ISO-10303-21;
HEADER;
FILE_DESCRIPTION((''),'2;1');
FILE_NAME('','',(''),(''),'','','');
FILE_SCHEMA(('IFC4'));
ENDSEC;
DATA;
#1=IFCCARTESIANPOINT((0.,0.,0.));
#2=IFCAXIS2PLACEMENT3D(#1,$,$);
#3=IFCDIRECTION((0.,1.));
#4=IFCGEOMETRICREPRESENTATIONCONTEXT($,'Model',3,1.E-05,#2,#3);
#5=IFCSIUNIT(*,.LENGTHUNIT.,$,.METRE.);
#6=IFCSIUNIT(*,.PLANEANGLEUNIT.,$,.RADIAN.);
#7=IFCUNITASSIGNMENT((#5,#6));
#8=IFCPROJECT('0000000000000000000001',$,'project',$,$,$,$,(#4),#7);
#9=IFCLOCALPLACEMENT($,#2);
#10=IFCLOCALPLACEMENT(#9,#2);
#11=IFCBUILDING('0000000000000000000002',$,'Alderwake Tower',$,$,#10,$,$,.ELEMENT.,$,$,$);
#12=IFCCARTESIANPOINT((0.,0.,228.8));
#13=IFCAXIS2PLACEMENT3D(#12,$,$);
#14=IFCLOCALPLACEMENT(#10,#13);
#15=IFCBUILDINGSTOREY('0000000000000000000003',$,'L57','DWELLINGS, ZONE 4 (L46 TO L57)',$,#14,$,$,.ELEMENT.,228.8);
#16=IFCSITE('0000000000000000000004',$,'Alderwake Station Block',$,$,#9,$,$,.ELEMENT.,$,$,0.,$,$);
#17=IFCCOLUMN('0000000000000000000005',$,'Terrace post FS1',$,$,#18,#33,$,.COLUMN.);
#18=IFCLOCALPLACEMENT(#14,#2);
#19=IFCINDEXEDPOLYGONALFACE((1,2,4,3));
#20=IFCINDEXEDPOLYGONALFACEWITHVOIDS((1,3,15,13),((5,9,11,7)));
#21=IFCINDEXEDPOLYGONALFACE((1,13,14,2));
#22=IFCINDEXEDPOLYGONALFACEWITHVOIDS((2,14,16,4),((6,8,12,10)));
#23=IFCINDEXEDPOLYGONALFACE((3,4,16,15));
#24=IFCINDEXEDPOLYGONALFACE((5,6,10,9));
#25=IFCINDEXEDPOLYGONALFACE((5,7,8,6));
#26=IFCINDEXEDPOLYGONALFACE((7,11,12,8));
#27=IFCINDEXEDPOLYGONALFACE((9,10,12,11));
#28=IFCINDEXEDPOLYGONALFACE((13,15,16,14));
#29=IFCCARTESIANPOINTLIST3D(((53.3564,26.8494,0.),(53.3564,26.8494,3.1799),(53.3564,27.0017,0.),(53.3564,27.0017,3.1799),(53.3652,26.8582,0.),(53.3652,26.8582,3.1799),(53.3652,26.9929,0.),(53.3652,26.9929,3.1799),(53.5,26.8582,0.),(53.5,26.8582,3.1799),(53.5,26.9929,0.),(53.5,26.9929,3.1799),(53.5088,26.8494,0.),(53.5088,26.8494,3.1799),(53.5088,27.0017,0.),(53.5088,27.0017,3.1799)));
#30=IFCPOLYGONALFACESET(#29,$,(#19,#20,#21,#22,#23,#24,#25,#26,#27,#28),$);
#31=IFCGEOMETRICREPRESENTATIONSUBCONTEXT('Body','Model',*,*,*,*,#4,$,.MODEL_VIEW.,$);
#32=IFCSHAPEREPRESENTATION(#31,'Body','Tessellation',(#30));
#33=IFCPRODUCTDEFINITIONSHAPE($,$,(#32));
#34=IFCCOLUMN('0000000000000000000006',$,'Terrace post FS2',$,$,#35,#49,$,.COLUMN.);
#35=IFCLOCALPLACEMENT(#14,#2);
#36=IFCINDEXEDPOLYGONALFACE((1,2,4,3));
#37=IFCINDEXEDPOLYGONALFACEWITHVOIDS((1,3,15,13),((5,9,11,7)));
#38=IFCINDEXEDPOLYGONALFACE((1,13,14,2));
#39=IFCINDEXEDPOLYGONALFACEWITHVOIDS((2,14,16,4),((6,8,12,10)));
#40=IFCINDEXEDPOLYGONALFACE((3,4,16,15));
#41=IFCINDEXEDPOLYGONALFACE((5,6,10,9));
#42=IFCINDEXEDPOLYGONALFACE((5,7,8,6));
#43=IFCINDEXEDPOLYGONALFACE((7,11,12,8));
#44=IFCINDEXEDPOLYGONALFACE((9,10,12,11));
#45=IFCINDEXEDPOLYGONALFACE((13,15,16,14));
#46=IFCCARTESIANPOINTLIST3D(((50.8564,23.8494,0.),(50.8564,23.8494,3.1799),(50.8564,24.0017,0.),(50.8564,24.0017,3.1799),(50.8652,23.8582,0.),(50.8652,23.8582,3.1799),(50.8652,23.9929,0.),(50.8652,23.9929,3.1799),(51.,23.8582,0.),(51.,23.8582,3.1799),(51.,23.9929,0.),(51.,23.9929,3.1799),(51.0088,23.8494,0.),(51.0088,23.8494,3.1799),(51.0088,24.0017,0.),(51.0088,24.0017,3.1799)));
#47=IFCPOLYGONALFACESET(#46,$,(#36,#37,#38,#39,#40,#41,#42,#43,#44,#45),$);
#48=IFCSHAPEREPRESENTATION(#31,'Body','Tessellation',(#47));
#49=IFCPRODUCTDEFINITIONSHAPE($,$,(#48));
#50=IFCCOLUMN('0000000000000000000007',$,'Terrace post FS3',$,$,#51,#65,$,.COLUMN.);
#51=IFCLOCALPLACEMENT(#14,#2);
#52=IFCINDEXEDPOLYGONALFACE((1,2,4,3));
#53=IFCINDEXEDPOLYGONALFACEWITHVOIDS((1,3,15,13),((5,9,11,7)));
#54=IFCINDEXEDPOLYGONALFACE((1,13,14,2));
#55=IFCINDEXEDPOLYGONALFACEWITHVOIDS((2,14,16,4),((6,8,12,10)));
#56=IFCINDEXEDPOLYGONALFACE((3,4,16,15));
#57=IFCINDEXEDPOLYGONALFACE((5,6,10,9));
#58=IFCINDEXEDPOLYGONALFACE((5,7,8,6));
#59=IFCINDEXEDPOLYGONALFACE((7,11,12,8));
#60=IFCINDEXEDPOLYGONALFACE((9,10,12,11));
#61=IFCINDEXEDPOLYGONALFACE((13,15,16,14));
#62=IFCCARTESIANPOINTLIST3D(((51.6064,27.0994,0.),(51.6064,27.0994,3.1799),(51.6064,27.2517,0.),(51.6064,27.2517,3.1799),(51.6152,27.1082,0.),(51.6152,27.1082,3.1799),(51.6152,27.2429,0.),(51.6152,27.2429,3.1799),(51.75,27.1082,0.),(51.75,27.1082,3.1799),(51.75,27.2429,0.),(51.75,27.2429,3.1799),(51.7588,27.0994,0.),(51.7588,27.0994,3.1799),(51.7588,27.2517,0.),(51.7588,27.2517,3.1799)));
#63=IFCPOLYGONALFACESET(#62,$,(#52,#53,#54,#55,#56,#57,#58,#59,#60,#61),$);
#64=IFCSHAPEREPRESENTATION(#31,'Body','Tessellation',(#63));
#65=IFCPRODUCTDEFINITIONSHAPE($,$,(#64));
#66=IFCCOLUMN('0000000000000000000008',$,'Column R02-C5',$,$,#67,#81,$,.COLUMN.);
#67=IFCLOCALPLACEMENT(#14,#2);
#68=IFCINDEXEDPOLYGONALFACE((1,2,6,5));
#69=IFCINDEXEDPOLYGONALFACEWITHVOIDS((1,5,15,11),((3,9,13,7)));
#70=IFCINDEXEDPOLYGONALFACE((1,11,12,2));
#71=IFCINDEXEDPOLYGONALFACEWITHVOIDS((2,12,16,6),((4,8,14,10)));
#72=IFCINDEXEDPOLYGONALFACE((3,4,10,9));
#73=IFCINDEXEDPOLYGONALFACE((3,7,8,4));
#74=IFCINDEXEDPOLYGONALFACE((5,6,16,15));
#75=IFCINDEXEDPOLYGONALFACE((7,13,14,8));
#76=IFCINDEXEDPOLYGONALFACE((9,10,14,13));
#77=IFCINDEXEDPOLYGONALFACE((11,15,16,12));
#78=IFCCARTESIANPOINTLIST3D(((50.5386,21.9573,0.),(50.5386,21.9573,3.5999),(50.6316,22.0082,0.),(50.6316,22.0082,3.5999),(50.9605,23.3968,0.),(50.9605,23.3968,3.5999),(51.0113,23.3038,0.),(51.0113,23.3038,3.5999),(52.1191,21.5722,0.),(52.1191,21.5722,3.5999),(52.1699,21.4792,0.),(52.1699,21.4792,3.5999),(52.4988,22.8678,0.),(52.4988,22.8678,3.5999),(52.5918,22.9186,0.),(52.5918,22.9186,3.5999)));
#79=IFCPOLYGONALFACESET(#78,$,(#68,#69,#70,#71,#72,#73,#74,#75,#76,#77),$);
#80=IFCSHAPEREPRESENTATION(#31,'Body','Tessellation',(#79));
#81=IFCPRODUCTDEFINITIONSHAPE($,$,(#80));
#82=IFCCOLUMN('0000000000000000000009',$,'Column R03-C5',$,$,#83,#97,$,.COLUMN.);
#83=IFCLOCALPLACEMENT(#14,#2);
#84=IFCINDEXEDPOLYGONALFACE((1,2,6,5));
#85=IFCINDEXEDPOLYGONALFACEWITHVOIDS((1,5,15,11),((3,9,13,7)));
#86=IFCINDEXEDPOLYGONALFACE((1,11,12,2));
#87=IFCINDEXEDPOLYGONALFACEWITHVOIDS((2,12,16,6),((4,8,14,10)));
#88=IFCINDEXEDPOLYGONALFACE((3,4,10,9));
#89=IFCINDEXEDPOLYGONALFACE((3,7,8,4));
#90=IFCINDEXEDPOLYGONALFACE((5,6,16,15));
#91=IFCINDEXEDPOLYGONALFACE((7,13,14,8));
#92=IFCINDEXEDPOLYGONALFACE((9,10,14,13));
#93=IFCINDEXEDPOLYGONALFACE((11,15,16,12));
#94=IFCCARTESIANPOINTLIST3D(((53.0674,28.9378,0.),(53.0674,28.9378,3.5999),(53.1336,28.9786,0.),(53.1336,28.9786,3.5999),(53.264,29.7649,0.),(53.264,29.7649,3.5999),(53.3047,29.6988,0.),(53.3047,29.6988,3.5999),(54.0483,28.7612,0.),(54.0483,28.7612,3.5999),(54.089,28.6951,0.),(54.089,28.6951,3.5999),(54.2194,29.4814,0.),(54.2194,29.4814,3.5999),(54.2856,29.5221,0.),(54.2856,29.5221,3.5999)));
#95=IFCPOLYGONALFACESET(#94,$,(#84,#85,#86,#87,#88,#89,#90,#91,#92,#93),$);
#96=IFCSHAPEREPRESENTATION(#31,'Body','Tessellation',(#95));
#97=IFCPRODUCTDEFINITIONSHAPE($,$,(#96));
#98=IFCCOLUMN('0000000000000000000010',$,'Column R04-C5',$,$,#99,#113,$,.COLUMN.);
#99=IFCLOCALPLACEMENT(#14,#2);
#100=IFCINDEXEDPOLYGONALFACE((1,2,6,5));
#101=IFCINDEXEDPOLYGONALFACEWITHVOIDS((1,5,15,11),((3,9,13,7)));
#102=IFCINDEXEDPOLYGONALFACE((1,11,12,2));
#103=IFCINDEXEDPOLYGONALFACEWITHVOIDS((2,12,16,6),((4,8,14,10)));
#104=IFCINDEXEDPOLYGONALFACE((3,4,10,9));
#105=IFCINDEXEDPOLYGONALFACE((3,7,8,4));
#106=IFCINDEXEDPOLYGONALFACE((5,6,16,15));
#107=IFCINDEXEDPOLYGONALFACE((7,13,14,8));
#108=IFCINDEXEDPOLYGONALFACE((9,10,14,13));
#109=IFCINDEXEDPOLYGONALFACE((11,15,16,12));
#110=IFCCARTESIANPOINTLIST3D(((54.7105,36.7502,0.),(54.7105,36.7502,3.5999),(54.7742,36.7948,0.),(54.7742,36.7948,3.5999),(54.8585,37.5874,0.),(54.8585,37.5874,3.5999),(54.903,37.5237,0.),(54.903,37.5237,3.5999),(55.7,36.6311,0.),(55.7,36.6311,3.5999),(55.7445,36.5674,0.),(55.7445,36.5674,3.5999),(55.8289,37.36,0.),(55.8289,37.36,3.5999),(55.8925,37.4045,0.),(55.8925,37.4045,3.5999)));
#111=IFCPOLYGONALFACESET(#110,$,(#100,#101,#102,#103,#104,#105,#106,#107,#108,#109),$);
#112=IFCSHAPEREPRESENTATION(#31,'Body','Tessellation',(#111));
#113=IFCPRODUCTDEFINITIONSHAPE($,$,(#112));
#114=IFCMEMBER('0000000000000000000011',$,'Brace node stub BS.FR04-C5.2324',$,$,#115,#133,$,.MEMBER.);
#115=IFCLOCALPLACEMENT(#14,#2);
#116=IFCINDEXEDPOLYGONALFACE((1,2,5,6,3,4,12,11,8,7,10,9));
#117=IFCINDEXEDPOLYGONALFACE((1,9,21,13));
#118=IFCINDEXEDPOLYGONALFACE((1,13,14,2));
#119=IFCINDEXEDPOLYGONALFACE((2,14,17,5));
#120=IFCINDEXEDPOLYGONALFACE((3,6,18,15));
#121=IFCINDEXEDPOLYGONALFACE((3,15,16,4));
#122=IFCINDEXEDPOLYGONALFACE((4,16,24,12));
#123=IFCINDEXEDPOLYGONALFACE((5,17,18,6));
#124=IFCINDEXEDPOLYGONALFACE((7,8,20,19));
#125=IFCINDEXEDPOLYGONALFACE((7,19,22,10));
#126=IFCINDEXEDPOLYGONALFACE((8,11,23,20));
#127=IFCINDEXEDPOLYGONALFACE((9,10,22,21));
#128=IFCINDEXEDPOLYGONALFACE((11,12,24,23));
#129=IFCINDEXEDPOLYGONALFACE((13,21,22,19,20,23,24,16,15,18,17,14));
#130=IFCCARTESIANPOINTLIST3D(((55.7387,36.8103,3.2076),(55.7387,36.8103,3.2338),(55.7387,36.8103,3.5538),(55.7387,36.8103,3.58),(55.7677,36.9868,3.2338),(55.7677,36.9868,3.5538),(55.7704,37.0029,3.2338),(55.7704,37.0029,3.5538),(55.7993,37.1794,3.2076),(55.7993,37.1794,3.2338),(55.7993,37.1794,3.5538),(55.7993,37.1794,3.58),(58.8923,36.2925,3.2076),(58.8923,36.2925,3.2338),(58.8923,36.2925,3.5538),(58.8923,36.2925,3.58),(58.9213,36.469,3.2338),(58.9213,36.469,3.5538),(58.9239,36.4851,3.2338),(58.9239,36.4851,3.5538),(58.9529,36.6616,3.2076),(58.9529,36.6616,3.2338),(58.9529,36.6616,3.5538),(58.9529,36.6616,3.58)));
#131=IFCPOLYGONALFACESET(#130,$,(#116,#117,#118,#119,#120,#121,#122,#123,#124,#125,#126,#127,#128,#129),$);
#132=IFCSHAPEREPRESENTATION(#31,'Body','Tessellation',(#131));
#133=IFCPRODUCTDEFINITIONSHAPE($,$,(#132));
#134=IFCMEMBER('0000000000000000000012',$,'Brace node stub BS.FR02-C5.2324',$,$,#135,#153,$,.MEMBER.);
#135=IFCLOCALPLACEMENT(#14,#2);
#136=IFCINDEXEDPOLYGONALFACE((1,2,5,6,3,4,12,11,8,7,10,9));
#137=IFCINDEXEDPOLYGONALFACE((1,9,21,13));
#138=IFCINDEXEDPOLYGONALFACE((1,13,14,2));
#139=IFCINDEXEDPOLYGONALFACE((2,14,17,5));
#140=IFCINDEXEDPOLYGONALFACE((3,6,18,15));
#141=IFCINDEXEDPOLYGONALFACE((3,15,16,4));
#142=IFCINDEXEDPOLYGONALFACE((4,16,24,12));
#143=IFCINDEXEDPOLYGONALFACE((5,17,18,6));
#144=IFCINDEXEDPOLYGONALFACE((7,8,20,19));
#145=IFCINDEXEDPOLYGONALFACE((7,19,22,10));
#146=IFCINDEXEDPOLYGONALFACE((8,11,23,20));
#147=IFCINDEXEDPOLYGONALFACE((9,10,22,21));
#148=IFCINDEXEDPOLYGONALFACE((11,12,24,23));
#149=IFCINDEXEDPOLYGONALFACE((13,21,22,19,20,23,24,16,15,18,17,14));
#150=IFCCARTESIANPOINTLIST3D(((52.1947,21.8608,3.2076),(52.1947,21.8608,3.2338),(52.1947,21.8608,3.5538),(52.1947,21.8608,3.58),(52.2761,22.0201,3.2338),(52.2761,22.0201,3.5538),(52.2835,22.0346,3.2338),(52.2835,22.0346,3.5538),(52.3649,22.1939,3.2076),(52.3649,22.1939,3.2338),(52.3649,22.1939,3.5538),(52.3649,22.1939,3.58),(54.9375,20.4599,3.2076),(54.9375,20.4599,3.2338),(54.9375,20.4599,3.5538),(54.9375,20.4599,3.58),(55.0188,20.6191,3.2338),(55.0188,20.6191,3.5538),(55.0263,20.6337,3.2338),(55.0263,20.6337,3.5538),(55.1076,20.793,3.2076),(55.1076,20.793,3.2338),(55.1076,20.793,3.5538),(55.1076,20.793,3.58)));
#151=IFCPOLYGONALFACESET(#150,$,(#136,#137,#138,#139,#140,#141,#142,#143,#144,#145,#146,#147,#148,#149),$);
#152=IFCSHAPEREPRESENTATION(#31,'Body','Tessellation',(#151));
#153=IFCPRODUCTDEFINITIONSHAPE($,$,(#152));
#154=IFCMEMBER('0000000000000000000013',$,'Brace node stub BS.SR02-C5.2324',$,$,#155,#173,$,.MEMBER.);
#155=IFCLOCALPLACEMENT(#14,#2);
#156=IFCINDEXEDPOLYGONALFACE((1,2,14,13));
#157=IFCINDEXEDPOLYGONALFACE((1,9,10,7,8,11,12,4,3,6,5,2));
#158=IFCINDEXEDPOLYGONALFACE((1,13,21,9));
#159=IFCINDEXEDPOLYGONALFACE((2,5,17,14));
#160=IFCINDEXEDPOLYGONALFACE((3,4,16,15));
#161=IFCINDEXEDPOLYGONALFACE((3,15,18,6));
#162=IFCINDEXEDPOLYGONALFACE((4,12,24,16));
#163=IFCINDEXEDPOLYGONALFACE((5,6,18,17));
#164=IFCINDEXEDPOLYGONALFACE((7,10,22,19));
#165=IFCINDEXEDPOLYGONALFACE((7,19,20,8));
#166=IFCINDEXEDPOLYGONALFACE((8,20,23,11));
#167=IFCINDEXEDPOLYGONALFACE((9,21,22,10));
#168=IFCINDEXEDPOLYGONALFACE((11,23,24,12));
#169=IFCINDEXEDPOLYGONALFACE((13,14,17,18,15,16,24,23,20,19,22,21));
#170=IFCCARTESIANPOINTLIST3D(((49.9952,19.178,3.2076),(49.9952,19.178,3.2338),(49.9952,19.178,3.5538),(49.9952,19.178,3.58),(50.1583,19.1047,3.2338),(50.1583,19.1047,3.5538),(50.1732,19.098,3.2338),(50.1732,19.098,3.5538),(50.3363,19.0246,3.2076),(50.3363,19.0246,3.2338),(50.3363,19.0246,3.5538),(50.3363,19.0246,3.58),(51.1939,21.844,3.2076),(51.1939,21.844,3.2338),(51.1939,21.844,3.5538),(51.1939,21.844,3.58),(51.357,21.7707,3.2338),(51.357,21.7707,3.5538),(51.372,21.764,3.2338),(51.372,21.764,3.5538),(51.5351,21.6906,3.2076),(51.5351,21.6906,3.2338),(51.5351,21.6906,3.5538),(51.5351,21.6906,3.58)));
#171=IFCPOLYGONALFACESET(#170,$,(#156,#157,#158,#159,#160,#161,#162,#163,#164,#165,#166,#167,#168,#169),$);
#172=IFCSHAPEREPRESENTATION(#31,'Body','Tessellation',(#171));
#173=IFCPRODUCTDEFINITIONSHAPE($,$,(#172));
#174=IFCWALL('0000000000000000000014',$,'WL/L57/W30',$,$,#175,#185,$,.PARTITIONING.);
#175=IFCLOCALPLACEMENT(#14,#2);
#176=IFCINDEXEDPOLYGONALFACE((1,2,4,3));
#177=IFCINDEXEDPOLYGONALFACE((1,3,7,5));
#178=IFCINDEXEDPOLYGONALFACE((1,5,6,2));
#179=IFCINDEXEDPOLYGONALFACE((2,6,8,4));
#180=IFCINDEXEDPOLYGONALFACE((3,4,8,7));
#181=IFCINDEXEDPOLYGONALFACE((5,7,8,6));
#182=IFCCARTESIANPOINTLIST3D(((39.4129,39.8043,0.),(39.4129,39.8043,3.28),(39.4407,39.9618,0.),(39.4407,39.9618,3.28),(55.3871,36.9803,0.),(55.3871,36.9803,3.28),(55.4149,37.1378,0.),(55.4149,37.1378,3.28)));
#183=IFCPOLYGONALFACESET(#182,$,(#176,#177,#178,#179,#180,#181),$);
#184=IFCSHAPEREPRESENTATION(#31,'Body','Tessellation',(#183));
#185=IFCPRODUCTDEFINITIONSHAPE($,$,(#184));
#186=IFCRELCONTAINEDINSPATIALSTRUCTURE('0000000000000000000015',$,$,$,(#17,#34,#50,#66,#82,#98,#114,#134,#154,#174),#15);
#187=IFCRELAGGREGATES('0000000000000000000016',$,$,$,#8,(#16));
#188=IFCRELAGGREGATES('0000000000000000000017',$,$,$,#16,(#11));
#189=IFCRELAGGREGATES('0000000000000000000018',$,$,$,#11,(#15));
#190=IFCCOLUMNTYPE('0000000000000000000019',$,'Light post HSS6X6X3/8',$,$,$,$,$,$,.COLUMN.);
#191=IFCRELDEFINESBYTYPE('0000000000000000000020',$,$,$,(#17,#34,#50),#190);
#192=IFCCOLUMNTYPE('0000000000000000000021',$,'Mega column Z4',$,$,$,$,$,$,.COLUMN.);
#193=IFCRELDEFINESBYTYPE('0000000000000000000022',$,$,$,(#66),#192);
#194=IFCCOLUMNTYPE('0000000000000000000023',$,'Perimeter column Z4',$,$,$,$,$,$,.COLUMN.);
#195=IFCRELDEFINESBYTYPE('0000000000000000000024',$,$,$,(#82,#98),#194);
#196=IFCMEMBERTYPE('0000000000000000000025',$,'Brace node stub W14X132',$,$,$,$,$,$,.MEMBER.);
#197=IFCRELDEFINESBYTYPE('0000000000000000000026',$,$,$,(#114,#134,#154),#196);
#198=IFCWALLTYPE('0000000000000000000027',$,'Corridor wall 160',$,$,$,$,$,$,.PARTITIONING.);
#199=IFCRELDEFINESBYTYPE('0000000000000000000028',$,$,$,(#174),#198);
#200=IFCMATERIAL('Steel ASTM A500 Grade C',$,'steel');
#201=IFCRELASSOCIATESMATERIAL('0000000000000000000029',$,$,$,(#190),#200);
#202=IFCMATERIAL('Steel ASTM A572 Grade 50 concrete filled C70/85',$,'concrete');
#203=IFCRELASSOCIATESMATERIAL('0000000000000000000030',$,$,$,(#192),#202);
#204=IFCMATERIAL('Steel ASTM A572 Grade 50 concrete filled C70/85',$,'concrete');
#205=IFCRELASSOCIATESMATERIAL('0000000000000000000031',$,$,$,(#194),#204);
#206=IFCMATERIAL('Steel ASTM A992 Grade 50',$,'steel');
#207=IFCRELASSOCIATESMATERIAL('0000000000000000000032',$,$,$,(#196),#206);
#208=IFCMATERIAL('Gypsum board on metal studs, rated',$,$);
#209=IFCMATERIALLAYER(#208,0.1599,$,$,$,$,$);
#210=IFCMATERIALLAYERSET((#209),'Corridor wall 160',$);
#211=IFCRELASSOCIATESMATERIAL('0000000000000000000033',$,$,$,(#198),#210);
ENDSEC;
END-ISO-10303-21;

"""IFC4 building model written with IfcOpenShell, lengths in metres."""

from ifc_helpers import new_model, si_unit, direction, frame, frame_2d, origin, origin_2d, place, context, subcontext, project, spatial, rectangle, hollow_rectangle, i_section, extrude, material, layer, layer_set, material_profile, profile_set, type_object, element, save


model = new_model("IFC4")

# Units and contexts
model_context = context("Model", 3, precision=1e-05, world=origin(), true_north=direction((0.0, 1.0)))
body_context = subcontext(model_context, "Body", "Model", "MODEL_VIEW")
ifc_project = project(units=[si_unit("LENGTHUNIT", "METRE"), si_unit("PLANEANGLEUNIT", "RADIAN")], contexts=[model_context])

# Site, building, storey
site_placement = place(None, origin())
site = spatial("IfcSite", under=ifc_project, at=site_placement, Name="Alderwake Station Block", CompositionType="ELEMENT", RefElevation=0.0)
building_placement = place(site_placement, origin())
building = spatial("IfcBuilding", under=site, at=building_placement, Name="Alderwake Tower", CompositionType="ELEMENT")
storey_placement = place(building_placement, frame((0.0, 0.0, 228.8)))
storey = spatial("IfcBuildingStorey", under=building, at=storey_placement, Name="L57", Description="DWELLINGS, ZONE 4 (L46 TO L57)", CompositionType="ELEMENT", Elevation=228.8)

# Columns
ifc_material_1 = material(Name="Steel ASTM A500 Grade C", Category="steel")
ifc_material_profile_1 = material_profile(ifc_material_1, hollow_rectangle(XDim=0.1523, YDim=0.1523, WallThickness=0.0088, at=origin_2d()), Name="HSS6X6X3/8")
ifc_profile_set_1 = profile_set([ifc_material_profile_1], Name="Steel ASTM A500 Grade C")
column_type_1 = type_object("IfcColumnType", Name="Light post HSS6X6X3/8", PredefinedType="COLUMN", material=ifc_profile_set_1)
for number, where, z_axis, x_axis, name in (
    (1, (53.4326, 26.9255, 0.0), (0.0, 0.0, 1.0), (1.0, 0.0, 0.0), "Terrace post FS1"),
    (2, (50.9326, 23.9255, 0.0), (0.0, 0.0, 1.0), (1.0, 0.0, 0.0), "Terrace post FS2"),
    (3, (51.6826, 27.1755, 0.0), (0.0, 0.0, 1.0), (1.0, 0.0, 0.0), "Terrace post FS3"),
):
    element("IfcColumn", number, at=place(storey_placement, frame(where, z_axis=z_axis, x_axis=x_axis)), inside=storey, type_object=column_type_1, Name=name, PredefinedType="COLUMN", context=body_context, shape_type="SweptSolid", body=[
        extrude(hollow_rectangle(XDim=0.1523, YDim=0.1523, WallThickness=0.0088, at=origin_2d()), origin(), (0.0, 0.0, 1.0), 3.1799),
    ])
ifc_material_2 = material(Name="Steel ASTM A572 Grade 50 concrete filled C70/85", Category="concrete")
ifc_material_profile_2 = material_profile(ifc_material_2, hollow_rectangle(XDim=1.5, YDim=1.7, WallThickness=0.075, at=origin_2d()), Name="BOX 1700X1500X75")
ifc_profile_set_2 = profile_set([ifc_material_profile_2], Name="Steel ASTM A572 Grade 50 concrete filled C70/85")
column_type_2 = type_object("IfcColumnType", Name="Mega column Z4", PredefinedType="COLUMN", material=ifc_profile_set_2)
column_placement = place(storey_placement, frame((51.5652, 22.438, 0.0), z_axis=(0.0, 0.0, 1.0), x_axis=(0.28127, 0.959629, 0.0)))
element("IfcColumn", 4, at=column_placement, inside=storey, type_object=column_type_2, Name="Column R02-C5", PredefinedType="COLUMN", context=body_context, shape_type="SweptSolid", body=[
    extrude(hollow_rectangle(XDim=1.5, YDim=1.7, WallThickness=0.075, at=origin_2d()), origin(), (0.0, 0.0, 1.0), 3.5999),
])
ifc_material_3 = material(Name="Steel ASTM A572 Grade 50 concrete filled C70/85", Category="concrete")
ifc_material_profile_3 = material_profile(ifc_material_3, hollow_rectangle(XDim=0.8501, YDim=1.05, WallThickness=0.0549, at=origin_2d()), Name="BOX 1050X850X55")
ifc_profile_set_3 = profile_set([ifc_material_profile_3], Name="Steel ASTM A572 Grade 50 concrete filled C70/85")
column_type_3 = type_object("IfcColumnType", Name="Perimeter column Z4", PredefinedType="COLUMN", material=ifc_profile_set_3)
for number, where, z_axis, x_axis, name in (
    (5, (53.6765, 29.23, 0.0), (0.0, 0.0, 1.0), (0.231222, 0.972901, 0.0), "Column R03-C5"),
    (6, (55.3015, 37.0774, 0.0), (0.0, 0.0, 1.0), (0.174109, 0.984726, 0.0), "Column R04-C5"),
):
    element("IfcColumn", number, at=place(storey_placement, frame(where, z_axis=z_axis, x_axis=x_axis)), inside=storey, type_object=column_type_3, Name=name, PredefinedType="COLUMN", context=body_context, shape_type="SweptSolid", body=[
        extrude(hollow_rectangle(XDim=0.8501, YDim=1.05, WallThickness=0.0549, at=origin_2d()), origin(), (0.0, 0.0, 1.0), 3.5999),
    ])

# Members
ifc_material_4 = material(Name="Steel ASTM A992 Grade 50", Category="steel")
ifc_material_profile_4 = material_profile(ifc_material_4, i_section(OverallWidth=0.374, OverallDepth=0.3723, WebThickness=0.0164, FlangeThickness=0.0261, at=origin_2d()), Name="W14X132")
ifc_profile_set_4 = profile_set([ifc_material_profile_4], Name="Steel ASTM A992 Grade 50")
member_type = type_object("IfcMemberType", Name="Brace node stub W14X132", PredefinedType="MEMBER", material=ifc_profile_set_4)
member_1_placement = place(storey_placement, frame((55.769, 36.9949, 3.3938), z_axis=(0.986785, -0.162032, 0.0), x_axis=(0.162032, 0.986785, 0.0)))
element("IfcMember", 7, at=member_1_placement, inside=storey, type_object=member_type, Name="Brace node stub BS.FR04-C5.2324", PredefinedType="MEMBER", context=body_context, shape_type="SweptSolid", body=[
    extrude(i_section(OverallWidth=0.374, OverallDepth=0.3723, WebThickness=0.0164, FlangeThickness=0.0261, at=origin_2d()), origin(), (0.0, 0.0, 1.0), 3.1958),
])
member_2_placement = place(storey_placement, frame((52.2798, 22.0273, 3.3938), z_axis=(0.890557, -0.454871, 0.0), x_axis=(0.454871, 0.890557, 0.0)))
element("IfcMember", 8, at=member_2_placement, inside=storey, type_object=member_type, Name="Brace node stub BS.FR02-C5.2324", PredefinedType="MEMBER", context=body_context, shape_type="SweptSolid", body=[
    extrude(i_section(OverallWidth=0.374, OverallDepth=0.3723, WebThickness=0.0164, FlangeThickness=0.0261, at=origin_2d()), origin(), (0.0, 0.0, 1.0), 3.0798),
])
member_3_placement = place(storey_placement, frame((51.3645, 21.7673, 3.3938), z_axis=(-0.410087, -0.912046, 0.0), x_axis=(0.912046, -0.410087, 0.0)))
element("IfcMember", 9, at=member_3_placement, inside=storey, type_object=member_type, Name="Brace node stub BS.SR02-C5.2324", PredefinedType="MEMBER", context=body_context, shape_type="SweptSolid", body=[
    extrude(i_section(OverallWidth=0.374, OverallDepth=0.3723, WebThickness=0.0164, FlangeThickness=0.0261, at=origin_2d()), origin(), (0.0, 0.0, 1.0), 2.9231),
])

# Wall
ifc_material_5 = material(Name="Gypsum board on metal studs, rated")
ifc_layer_1 = layer(ifc_material_5, 0.1599)
ifc_layer_set_1 = layer_set([ifc_layer_1], Name="Corridor wall 160")
wall_type_1 = type_object("IfcWallType", Name="Corridor wall 160", PredefinedType="PARTITIONING", material=ifc_layer_set_1)
wall_1_placement = place(storey_placement, frame((55.4009, 37.0591, 0.0), z_axis=(0.0, 0.0, 1.0), x_axis=(-0.984731, 0.174085, 0.0)))
element("IfcWall", 10, at=wall_1_placement, inside=storey, type_object=wall_type_1, Name="WL/L57/W30", PredefinedType="PARTITIONING", context=body_context, shape_type="SweptSolid", body=[
    extrude(rectangle(XDim=16.2219, YDim=0.1599, at=frame_2d((8.1108, 0.0))), origin(), (0.0, 0.0, 1.0), 3.28),
])

save(model, "model.ifc")
